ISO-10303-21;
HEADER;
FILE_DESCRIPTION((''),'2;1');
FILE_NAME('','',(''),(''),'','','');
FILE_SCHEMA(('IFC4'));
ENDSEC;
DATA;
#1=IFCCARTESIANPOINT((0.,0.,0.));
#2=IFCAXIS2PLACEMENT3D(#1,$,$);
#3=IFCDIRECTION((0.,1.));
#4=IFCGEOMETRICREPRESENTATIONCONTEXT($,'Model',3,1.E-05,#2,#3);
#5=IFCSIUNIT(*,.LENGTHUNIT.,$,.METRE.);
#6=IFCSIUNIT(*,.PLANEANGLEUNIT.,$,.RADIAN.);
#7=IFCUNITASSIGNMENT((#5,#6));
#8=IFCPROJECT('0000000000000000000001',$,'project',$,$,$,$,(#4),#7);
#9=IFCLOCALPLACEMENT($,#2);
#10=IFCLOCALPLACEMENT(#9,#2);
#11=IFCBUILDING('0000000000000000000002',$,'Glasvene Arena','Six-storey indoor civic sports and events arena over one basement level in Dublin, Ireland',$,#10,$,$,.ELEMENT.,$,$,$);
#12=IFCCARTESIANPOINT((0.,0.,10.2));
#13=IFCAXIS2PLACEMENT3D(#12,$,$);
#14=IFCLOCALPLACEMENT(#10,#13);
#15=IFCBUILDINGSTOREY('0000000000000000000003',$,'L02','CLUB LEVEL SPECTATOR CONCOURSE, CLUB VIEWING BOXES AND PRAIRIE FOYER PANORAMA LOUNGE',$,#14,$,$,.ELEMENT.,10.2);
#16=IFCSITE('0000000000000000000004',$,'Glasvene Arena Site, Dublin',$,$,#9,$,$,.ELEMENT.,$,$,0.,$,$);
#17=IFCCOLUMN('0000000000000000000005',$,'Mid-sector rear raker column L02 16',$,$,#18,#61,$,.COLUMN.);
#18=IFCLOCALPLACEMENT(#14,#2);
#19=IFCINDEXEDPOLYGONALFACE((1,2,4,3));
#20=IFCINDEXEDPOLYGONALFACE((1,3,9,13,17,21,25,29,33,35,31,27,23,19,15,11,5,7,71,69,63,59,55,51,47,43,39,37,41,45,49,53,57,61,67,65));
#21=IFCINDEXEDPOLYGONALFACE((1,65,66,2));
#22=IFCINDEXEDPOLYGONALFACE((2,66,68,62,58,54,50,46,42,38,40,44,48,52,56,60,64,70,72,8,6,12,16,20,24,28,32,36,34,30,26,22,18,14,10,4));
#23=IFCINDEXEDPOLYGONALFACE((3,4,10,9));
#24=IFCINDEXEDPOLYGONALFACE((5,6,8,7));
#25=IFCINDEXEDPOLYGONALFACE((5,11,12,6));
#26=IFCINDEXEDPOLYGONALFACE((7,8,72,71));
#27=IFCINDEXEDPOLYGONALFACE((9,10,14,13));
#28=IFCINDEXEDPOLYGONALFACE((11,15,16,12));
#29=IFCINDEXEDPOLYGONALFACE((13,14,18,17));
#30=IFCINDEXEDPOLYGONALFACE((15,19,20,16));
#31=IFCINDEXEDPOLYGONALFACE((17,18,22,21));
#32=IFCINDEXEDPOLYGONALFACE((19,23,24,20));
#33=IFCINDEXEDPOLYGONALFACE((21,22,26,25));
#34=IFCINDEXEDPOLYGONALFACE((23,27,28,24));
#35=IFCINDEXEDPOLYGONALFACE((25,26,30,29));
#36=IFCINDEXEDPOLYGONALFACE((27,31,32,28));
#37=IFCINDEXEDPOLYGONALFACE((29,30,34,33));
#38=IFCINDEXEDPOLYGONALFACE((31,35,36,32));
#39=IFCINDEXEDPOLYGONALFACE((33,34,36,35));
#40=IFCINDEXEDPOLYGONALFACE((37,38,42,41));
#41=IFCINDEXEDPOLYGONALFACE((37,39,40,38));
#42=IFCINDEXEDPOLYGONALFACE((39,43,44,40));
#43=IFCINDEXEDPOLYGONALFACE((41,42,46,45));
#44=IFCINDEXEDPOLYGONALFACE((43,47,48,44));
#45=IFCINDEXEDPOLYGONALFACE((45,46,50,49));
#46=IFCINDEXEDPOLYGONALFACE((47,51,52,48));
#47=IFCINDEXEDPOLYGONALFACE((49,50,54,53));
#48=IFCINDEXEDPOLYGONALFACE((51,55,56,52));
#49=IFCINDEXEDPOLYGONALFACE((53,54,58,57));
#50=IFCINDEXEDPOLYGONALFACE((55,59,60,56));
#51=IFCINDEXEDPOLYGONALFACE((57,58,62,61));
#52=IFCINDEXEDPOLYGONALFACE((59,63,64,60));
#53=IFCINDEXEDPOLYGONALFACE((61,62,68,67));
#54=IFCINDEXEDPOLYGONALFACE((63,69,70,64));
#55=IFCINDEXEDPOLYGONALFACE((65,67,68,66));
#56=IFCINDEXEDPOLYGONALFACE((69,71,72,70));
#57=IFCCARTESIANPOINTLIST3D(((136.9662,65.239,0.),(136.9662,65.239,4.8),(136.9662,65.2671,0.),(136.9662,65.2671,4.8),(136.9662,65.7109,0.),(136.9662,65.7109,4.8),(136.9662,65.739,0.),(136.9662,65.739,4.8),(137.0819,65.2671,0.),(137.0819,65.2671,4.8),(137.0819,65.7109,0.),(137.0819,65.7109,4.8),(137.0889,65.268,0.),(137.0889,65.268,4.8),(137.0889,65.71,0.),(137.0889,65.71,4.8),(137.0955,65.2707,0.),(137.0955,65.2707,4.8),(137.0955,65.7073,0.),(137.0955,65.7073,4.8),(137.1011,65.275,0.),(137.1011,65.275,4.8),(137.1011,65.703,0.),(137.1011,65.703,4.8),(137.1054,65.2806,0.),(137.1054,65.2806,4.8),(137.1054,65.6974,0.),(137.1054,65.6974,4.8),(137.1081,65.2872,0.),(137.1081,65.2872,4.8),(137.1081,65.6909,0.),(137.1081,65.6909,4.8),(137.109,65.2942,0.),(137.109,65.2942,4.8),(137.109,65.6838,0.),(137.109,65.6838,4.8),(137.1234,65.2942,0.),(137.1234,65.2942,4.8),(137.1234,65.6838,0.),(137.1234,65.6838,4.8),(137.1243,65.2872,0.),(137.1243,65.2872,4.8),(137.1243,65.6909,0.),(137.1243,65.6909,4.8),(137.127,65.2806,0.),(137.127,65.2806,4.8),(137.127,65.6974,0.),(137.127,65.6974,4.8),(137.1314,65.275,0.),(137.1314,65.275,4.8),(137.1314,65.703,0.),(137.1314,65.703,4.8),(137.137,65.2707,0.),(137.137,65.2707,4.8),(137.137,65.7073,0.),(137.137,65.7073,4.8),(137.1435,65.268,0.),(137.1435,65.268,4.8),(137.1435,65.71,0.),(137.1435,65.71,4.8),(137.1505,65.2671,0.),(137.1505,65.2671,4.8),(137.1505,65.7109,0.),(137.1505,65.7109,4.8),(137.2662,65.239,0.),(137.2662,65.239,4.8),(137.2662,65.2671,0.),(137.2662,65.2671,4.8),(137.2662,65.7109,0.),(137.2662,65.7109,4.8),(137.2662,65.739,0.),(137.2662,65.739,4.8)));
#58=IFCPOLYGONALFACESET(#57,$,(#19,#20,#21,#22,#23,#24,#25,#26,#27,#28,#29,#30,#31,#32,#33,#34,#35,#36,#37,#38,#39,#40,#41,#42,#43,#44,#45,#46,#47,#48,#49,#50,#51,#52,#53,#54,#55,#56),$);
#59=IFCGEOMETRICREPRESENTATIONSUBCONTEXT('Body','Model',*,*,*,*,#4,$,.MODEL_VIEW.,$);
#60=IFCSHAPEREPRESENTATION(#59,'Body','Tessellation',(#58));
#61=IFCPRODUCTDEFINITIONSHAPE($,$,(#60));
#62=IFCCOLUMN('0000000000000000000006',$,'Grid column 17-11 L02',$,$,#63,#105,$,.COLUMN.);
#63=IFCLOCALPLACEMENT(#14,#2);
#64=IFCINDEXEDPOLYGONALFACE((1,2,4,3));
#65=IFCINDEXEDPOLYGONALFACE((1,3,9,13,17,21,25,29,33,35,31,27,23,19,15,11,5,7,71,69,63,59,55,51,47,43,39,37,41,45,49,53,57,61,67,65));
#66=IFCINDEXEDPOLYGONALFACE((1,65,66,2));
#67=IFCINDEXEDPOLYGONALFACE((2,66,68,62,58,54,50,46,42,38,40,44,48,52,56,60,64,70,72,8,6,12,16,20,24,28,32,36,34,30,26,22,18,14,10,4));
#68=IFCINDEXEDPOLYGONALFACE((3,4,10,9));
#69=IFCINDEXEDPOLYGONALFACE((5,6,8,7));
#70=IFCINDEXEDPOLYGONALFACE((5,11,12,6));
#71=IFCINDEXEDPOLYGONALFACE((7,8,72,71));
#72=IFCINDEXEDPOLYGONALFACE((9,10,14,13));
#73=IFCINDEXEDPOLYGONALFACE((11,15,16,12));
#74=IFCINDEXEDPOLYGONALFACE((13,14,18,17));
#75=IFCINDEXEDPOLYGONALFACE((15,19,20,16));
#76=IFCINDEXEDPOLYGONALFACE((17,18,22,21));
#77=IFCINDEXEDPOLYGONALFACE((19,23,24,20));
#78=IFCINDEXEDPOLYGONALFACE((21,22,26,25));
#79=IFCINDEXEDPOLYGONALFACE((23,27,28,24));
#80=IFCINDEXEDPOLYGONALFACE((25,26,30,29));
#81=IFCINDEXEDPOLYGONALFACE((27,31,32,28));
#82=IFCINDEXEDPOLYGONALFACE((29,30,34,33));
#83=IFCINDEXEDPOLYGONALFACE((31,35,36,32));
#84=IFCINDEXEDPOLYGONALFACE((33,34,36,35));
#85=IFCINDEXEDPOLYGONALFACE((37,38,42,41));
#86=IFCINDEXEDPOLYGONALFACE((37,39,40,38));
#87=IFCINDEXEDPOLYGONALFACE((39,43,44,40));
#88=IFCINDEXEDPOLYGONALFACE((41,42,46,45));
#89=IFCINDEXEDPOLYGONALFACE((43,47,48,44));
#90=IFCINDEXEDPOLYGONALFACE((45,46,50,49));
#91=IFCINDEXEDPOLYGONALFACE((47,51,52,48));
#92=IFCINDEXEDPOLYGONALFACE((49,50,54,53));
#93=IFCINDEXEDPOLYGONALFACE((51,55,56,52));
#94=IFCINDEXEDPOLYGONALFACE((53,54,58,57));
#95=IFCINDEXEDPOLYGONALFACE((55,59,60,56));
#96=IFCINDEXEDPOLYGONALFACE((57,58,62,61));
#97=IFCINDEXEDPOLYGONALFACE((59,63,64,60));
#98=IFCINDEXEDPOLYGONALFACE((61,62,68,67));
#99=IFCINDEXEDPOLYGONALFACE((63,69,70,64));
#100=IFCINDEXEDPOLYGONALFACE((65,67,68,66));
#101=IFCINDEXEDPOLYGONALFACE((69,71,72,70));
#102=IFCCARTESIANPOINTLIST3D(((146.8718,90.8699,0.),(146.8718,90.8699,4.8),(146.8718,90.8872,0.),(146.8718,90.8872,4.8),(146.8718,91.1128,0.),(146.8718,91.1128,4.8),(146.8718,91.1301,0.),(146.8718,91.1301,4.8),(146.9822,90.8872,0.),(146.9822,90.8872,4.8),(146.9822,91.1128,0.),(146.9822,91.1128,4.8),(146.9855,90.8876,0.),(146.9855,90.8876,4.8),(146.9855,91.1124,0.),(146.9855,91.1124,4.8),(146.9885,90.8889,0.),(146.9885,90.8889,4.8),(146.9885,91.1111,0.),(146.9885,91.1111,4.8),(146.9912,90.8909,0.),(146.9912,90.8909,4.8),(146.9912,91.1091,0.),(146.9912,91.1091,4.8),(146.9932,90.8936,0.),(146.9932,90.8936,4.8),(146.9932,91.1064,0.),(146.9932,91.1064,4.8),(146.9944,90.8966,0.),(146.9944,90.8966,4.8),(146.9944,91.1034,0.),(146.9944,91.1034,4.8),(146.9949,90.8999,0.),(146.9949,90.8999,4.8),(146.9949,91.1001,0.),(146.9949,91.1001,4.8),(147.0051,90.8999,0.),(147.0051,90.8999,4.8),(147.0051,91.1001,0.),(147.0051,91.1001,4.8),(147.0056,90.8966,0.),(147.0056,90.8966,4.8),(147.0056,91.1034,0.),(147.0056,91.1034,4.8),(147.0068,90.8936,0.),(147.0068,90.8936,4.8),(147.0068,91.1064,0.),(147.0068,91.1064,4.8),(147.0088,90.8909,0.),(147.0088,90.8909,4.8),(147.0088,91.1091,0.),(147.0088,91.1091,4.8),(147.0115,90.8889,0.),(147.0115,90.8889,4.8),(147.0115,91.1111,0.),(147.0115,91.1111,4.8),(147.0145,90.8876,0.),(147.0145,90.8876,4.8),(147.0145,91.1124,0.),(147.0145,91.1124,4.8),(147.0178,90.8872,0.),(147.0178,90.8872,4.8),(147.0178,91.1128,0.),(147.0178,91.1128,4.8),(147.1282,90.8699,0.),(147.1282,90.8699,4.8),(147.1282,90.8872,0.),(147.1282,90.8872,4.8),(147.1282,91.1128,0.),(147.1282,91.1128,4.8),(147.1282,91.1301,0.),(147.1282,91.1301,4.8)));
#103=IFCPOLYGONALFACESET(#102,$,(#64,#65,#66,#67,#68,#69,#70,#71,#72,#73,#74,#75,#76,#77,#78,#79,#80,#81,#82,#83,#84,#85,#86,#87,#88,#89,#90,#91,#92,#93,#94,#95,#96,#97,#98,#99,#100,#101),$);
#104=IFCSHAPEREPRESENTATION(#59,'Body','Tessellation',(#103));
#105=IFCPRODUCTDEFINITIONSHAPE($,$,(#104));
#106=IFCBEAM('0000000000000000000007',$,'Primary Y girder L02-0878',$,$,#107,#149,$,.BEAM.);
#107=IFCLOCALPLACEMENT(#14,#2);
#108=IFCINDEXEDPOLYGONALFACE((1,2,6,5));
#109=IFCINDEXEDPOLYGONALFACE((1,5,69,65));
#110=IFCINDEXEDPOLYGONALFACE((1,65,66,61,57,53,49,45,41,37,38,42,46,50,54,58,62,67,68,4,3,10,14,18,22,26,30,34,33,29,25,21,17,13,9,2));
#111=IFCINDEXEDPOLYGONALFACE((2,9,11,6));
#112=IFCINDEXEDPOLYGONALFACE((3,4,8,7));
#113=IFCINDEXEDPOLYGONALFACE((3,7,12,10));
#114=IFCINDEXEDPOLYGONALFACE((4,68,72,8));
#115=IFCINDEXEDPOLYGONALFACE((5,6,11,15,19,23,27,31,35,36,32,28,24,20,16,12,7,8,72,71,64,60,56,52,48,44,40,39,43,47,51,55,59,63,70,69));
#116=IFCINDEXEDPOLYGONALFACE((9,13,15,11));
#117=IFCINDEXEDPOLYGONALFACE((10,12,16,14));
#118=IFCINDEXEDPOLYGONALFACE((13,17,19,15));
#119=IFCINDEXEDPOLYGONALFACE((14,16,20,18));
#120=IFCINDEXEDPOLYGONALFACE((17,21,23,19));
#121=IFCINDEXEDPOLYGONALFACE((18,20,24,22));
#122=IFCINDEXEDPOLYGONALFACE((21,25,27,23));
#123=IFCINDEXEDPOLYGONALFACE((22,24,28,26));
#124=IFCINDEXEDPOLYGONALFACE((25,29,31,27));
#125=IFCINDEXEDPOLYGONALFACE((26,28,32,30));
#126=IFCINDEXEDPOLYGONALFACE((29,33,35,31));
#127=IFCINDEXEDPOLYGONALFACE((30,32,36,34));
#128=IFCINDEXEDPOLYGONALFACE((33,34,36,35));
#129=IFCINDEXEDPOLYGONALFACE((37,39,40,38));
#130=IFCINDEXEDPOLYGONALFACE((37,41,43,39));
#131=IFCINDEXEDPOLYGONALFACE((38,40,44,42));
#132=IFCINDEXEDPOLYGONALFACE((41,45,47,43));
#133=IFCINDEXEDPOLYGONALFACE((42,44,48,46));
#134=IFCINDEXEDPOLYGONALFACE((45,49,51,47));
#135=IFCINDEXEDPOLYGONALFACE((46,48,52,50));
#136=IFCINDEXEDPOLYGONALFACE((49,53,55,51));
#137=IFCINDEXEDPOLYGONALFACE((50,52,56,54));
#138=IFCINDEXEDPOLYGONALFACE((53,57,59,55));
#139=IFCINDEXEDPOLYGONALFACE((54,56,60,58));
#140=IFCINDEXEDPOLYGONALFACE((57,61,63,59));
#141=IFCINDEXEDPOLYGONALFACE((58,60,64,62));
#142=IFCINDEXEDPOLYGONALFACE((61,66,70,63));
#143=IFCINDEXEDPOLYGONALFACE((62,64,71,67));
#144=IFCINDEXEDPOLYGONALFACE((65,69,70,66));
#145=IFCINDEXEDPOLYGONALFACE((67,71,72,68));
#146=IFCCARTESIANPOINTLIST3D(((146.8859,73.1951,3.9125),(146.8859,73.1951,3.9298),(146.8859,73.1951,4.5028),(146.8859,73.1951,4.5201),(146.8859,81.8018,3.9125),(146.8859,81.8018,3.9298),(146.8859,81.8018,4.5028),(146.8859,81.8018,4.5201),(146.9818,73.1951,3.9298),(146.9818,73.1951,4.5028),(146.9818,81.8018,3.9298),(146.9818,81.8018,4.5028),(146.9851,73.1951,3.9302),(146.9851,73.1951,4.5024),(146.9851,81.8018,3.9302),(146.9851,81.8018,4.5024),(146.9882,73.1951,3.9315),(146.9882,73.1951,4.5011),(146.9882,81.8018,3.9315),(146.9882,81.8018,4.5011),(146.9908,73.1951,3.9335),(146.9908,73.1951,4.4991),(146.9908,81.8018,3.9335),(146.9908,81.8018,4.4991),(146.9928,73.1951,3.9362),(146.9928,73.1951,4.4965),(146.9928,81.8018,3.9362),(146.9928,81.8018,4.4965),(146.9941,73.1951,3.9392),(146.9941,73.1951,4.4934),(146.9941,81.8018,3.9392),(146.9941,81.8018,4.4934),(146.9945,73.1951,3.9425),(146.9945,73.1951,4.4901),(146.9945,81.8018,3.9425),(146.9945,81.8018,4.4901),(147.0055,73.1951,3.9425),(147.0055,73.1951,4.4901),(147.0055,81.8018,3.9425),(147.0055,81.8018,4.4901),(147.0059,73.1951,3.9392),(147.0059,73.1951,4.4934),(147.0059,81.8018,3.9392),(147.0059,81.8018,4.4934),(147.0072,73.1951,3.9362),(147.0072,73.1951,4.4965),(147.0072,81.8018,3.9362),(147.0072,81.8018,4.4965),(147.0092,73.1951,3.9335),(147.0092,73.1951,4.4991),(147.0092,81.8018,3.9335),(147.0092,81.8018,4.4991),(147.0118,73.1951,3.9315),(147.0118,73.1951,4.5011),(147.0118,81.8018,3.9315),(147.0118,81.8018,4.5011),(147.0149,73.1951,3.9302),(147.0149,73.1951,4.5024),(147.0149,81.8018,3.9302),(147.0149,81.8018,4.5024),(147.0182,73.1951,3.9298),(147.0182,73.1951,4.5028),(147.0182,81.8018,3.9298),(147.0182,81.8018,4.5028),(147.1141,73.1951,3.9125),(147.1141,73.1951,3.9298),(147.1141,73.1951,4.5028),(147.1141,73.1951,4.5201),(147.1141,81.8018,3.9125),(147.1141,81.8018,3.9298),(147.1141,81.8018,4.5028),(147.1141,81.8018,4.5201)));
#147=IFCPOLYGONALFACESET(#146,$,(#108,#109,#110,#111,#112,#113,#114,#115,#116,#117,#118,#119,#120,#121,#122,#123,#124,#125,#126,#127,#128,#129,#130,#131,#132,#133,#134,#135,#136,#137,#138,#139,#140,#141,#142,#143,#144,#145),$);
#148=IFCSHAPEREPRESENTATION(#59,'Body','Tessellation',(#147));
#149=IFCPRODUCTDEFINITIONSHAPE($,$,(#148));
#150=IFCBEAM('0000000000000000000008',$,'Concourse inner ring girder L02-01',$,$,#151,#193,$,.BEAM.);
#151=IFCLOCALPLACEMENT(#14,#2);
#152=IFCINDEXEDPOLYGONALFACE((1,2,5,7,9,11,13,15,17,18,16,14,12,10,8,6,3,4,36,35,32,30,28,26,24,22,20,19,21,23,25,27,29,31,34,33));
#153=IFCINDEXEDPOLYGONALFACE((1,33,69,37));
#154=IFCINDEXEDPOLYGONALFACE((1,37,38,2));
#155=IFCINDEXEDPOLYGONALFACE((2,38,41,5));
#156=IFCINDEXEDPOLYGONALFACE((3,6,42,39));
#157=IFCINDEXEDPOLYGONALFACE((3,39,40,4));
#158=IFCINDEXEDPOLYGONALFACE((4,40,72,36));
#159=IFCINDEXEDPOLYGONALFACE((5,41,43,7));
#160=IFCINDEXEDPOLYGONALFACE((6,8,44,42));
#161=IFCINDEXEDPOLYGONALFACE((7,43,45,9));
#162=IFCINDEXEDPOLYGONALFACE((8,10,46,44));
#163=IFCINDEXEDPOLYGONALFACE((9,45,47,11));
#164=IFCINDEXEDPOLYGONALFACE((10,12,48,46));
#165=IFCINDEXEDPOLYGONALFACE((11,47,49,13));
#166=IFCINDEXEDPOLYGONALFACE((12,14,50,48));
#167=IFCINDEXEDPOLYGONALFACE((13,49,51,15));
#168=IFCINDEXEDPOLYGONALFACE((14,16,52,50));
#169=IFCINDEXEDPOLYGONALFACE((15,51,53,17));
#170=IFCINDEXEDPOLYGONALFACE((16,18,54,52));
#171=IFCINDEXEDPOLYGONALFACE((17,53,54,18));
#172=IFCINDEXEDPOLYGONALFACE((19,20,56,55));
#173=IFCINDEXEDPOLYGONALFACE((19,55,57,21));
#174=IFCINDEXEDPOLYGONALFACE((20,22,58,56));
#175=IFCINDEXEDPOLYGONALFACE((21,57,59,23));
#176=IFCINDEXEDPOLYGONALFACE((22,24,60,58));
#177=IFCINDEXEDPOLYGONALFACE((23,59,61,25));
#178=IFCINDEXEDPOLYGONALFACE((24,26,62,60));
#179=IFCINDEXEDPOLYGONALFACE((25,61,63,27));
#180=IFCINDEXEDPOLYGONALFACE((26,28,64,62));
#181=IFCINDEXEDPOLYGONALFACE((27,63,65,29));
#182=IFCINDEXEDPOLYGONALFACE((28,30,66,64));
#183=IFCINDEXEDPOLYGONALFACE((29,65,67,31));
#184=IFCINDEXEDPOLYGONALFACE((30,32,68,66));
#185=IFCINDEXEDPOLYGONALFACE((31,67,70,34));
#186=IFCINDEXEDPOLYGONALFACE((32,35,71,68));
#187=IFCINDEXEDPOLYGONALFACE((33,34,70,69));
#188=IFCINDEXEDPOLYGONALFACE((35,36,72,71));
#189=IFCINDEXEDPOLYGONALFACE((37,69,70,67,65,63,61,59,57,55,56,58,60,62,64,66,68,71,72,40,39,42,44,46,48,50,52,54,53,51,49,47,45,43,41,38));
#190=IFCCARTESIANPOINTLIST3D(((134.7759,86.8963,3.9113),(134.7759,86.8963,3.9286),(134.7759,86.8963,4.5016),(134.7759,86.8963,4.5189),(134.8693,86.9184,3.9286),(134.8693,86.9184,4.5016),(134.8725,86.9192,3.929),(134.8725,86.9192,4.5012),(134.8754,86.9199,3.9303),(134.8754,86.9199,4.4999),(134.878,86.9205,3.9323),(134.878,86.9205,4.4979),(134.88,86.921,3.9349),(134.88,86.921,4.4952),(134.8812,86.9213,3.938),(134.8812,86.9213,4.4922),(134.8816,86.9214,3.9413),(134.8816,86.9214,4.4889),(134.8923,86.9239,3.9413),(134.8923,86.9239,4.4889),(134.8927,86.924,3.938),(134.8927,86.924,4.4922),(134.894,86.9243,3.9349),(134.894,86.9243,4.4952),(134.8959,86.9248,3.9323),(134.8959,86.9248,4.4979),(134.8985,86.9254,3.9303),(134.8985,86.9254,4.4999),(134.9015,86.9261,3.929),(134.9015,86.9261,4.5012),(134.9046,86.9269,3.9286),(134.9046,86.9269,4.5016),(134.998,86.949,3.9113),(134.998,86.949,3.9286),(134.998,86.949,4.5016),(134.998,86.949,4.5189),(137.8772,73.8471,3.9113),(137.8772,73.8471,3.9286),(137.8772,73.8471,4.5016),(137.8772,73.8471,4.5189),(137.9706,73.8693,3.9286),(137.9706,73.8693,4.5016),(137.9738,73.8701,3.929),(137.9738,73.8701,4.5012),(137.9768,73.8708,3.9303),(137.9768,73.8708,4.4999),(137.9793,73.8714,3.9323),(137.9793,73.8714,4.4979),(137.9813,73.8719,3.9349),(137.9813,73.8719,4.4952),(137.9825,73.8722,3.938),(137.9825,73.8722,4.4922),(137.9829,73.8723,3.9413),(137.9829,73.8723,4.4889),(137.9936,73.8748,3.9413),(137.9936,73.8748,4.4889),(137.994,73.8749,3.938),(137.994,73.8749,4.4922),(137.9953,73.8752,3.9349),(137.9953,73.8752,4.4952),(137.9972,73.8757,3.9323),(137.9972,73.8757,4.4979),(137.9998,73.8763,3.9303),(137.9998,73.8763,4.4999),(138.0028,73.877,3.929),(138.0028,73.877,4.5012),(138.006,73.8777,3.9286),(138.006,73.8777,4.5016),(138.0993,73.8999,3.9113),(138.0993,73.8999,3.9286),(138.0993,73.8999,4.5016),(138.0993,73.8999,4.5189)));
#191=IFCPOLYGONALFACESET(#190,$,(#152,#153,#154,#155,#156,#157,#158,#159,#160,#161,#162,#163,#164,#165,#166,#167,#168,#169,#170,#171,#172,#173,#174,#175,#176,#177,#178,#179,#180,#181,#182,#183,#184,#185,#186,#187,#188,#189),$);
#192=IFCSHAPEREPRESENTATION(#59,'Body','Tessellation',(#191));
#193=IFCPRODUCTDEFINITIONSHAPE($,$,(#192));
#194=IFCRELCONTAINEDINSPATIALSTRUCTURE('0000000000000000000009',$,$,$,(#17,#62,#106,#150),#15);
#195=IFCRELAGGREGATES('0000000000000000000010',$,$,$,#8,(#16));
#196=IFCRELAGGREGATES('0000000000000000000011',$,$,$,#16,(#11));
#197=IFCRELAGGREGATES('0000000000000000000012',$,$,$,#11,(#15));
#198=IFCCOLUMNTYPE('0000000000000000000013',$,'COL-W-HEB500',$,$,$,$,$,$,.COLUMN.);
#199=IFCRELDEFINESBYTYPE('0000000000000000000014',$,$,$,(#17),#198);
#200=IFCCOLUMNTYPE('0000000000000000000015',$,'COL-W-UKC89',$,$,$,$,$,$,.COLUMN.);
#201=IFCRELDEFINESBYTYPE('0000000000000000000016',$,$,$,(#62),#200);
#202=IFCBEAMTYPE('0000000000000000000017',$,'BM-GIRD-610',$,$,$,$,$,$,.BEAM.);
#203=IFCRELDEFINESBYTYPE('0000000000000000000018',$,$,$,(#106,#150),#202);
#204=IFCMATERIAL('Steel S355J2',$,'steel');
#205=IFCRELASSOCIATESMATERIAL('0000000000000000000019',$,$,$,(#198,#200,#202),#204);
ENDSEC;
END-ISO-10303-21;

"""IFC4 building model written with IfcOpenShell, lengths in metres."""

from ifc_helpers import new_model, si_unit, direction, frame, origin, origin_2d, place, context, subcontext, project, spatial, i_section, extrude, material, material_profile, profile_set, type_object, element, save


model = new_model("IFC4")

# Units and contexts
model_context = context("Model", 3, precision=1e-05, world=origin(), true_north=direction((0.0, 1.0)))
body_context = subcontext(model_context, "Body", "Model", "MODEL_VIEW")
ifc_project = project(units=[si_unit("LENGTHUNIT", "METRE"), si_unit("PLANEANGLEUNIT", "RADIAN")], contexts=[model_context])

# Site, building, storey
site_placement = place(None, origin())
site = spatial("IfcSite", under=ifc_project, at=site_placement, Name="Glasvene Arena Site, Dublin", CompositionType="ELEMENT", RefElevation=0.0)
building_placement = place(site_placement, origin())
building = spatial("IfcBuilding", under=site, at=building_placement, Name="Glasvene Arena", Description="Six-storey indoor civic sports and events arena over one basement level in Dublin, Ireland", CompositionType="ELEMENT")
storey_placement = place(building_placement, frame((0.0, 0.0, 10.2)))
storey = spatial("IfcBuildingStorey", under=building, at=storey_placement, Name="L02", Description="CLUB LEVEL SPECTATOR CONCOURSE, CLUB VIEWING BOXES AND PRAIRIE FOYER PANORAMA LOUNGE", CompositionType="ELEMENT", Elevation=10.2)

# Columns
ifc_material_1 = material(Name="Steel S355J2", Category="steel")
ifc_material_profile_1 = material_profile(ifc_material_1, i_section(OverallWidth=0.3, OverallDepth=0.5, WebThickness=0.0144, FlangeThickness=0.0281, FilletRadius=0.0271, at=origin_2d()), Name="HEB 500")
ifc_profile_set_1 = profile_set([ifc_material_profile_1], Name="Steel S355J2")
column_type_1 = type_object("IfcColumnType", Name="COL-W-HEB500", PredefinedType="COLUMN", material=ifc_profile_set_1)
for number, where, z_axis, x_axis, name in (
    (1, (137.1162, 65.489, 0.0), (0.0, 0.0, 1.0), (1.0, 0.0, 0.0), "Mid-sector rear raker column L02 16"),
):
    element("IfcColumn", number, at=place(storey_placement, frame(where, z_axis=z_axis, x_axis=x_axis)), inside=storey, type_object=column_type_1, Name=name, PredefinedType="COLUMN", context=body_context, shape_type="SweptSolid", body=[
        extrude(i_section(OverallWidth=0.3, OverallDepth=0.5, WebThickness=0.0144, FlangeThickness=0.0281, FilletRadius=0.0271, at=origin_2d()), origin(), (0.0, 0.0, 1.0), 4.8),
    ])
ifc_material_profile_2 = material_profile(ifc_material_1, i_section(OverallWidth=0.2563, OverallDepth=0.2603, WebThickness=0.0103, FlangeThickness=0.0173, FilletRadius=0.0127, at=origin_2d()), Name="UKC 254x254x89")
ifc_profile_set_2 = profile_set([ifc_material_profile_2], Name="Steel S355J2")
column_type_2 = type_object("IfcColumnType", Name="COL-W-UKC89", PredefinedType="COLUMN", material=ifc_profile_set_2)
column_1_placement = place(storey_placement, frame((147.0, 91.0, 0.0), z_axis=(0.0, 0.0, 1.0), x_axis=(1.0, 0.0, 0.0)))
element("IfcColumn", 2, at=column_1_placement, inside=storey, type_object=column_type_2, Name="Grid column 17-11 L02", PredefinedType="COLUMN", context=body_context, shape_type="SweptSolid", body=[
    extrude(i_section(OverallWidth=0.2563, OverallDepth=0.2603, WebThickness=0.0103, FlangeThickness=0.0173, FilletRadius=0.0127, at=origin_2d()), origin(), (0.0, 0.0, 1.0), 4.8),
])

# Beams
ifc_material_profile_3 = material_profile(ifc_material_1, i_section(OverallWidth=0.2283, OverallDepth=0.6077, WebThickness=0.011, FlangeThickness=0.0173, FilletRadius=0.0127, at=origin_2d()), Name="UKB 610x229x113")
ifc_profile_set_3 = profile_set([ifc_material_profile_3], Name="Steel S355J2")
beam_type_1 = type_object("IfcBeamType", Name="BM-GIRD-610", PredefinedType="BEAM", material=ifc_profile_set_3)
beam_1_placement = place(storey_placement, frame((147.0, 73.1951, 4.2163), z_axis=(0.0, 1.0, 0.0), x_axis=(-1.0, 0.0, 0.0)))
element("IfcBeam", 3, at=beam_1_placement, inside=storey, type_object=beam_type_1, Name="Primary Y girder L02-0878", PredefinedType="BEAM", context=body_context, shape_type="SweptSolid", body=[
    extrude(i_section(OverallWidth=0.2283, OverallDepth=0.6077, WebThickness=0.011, FlangeThickness=0.0173, FilletRadius=0.0127, at=origin_2d()), origin(), (0.0, 0.0, 1.0), 8.6067),
])
beam_2_placement = place(storey_placement, frame((137.9883, 73.8735, 4.2151), z_axis=(-0.231225, 0.9729, 0.0), x_axis=(-0.9729, -0.231225, 0.0)))
element("IfcBeam", 4, at=beam_2_placement, inside=storey, type_object=beam_type_1, Name="Concourse inner ring girder L02-01", PredefinedType="BEAM", context=body_context, shape_type="SweptSolid", body=[
    extrude(i_section(OverallWidth=0.2283, OverallDepth=0.6077, WebThickness=0.011, FlangeThickness=0.0173, FilletRadius=0.0127, at=origin_2d()), origin(), (0.0, 0.0, 1.0), 13.4126),
])

save(model, "model.ifc")
